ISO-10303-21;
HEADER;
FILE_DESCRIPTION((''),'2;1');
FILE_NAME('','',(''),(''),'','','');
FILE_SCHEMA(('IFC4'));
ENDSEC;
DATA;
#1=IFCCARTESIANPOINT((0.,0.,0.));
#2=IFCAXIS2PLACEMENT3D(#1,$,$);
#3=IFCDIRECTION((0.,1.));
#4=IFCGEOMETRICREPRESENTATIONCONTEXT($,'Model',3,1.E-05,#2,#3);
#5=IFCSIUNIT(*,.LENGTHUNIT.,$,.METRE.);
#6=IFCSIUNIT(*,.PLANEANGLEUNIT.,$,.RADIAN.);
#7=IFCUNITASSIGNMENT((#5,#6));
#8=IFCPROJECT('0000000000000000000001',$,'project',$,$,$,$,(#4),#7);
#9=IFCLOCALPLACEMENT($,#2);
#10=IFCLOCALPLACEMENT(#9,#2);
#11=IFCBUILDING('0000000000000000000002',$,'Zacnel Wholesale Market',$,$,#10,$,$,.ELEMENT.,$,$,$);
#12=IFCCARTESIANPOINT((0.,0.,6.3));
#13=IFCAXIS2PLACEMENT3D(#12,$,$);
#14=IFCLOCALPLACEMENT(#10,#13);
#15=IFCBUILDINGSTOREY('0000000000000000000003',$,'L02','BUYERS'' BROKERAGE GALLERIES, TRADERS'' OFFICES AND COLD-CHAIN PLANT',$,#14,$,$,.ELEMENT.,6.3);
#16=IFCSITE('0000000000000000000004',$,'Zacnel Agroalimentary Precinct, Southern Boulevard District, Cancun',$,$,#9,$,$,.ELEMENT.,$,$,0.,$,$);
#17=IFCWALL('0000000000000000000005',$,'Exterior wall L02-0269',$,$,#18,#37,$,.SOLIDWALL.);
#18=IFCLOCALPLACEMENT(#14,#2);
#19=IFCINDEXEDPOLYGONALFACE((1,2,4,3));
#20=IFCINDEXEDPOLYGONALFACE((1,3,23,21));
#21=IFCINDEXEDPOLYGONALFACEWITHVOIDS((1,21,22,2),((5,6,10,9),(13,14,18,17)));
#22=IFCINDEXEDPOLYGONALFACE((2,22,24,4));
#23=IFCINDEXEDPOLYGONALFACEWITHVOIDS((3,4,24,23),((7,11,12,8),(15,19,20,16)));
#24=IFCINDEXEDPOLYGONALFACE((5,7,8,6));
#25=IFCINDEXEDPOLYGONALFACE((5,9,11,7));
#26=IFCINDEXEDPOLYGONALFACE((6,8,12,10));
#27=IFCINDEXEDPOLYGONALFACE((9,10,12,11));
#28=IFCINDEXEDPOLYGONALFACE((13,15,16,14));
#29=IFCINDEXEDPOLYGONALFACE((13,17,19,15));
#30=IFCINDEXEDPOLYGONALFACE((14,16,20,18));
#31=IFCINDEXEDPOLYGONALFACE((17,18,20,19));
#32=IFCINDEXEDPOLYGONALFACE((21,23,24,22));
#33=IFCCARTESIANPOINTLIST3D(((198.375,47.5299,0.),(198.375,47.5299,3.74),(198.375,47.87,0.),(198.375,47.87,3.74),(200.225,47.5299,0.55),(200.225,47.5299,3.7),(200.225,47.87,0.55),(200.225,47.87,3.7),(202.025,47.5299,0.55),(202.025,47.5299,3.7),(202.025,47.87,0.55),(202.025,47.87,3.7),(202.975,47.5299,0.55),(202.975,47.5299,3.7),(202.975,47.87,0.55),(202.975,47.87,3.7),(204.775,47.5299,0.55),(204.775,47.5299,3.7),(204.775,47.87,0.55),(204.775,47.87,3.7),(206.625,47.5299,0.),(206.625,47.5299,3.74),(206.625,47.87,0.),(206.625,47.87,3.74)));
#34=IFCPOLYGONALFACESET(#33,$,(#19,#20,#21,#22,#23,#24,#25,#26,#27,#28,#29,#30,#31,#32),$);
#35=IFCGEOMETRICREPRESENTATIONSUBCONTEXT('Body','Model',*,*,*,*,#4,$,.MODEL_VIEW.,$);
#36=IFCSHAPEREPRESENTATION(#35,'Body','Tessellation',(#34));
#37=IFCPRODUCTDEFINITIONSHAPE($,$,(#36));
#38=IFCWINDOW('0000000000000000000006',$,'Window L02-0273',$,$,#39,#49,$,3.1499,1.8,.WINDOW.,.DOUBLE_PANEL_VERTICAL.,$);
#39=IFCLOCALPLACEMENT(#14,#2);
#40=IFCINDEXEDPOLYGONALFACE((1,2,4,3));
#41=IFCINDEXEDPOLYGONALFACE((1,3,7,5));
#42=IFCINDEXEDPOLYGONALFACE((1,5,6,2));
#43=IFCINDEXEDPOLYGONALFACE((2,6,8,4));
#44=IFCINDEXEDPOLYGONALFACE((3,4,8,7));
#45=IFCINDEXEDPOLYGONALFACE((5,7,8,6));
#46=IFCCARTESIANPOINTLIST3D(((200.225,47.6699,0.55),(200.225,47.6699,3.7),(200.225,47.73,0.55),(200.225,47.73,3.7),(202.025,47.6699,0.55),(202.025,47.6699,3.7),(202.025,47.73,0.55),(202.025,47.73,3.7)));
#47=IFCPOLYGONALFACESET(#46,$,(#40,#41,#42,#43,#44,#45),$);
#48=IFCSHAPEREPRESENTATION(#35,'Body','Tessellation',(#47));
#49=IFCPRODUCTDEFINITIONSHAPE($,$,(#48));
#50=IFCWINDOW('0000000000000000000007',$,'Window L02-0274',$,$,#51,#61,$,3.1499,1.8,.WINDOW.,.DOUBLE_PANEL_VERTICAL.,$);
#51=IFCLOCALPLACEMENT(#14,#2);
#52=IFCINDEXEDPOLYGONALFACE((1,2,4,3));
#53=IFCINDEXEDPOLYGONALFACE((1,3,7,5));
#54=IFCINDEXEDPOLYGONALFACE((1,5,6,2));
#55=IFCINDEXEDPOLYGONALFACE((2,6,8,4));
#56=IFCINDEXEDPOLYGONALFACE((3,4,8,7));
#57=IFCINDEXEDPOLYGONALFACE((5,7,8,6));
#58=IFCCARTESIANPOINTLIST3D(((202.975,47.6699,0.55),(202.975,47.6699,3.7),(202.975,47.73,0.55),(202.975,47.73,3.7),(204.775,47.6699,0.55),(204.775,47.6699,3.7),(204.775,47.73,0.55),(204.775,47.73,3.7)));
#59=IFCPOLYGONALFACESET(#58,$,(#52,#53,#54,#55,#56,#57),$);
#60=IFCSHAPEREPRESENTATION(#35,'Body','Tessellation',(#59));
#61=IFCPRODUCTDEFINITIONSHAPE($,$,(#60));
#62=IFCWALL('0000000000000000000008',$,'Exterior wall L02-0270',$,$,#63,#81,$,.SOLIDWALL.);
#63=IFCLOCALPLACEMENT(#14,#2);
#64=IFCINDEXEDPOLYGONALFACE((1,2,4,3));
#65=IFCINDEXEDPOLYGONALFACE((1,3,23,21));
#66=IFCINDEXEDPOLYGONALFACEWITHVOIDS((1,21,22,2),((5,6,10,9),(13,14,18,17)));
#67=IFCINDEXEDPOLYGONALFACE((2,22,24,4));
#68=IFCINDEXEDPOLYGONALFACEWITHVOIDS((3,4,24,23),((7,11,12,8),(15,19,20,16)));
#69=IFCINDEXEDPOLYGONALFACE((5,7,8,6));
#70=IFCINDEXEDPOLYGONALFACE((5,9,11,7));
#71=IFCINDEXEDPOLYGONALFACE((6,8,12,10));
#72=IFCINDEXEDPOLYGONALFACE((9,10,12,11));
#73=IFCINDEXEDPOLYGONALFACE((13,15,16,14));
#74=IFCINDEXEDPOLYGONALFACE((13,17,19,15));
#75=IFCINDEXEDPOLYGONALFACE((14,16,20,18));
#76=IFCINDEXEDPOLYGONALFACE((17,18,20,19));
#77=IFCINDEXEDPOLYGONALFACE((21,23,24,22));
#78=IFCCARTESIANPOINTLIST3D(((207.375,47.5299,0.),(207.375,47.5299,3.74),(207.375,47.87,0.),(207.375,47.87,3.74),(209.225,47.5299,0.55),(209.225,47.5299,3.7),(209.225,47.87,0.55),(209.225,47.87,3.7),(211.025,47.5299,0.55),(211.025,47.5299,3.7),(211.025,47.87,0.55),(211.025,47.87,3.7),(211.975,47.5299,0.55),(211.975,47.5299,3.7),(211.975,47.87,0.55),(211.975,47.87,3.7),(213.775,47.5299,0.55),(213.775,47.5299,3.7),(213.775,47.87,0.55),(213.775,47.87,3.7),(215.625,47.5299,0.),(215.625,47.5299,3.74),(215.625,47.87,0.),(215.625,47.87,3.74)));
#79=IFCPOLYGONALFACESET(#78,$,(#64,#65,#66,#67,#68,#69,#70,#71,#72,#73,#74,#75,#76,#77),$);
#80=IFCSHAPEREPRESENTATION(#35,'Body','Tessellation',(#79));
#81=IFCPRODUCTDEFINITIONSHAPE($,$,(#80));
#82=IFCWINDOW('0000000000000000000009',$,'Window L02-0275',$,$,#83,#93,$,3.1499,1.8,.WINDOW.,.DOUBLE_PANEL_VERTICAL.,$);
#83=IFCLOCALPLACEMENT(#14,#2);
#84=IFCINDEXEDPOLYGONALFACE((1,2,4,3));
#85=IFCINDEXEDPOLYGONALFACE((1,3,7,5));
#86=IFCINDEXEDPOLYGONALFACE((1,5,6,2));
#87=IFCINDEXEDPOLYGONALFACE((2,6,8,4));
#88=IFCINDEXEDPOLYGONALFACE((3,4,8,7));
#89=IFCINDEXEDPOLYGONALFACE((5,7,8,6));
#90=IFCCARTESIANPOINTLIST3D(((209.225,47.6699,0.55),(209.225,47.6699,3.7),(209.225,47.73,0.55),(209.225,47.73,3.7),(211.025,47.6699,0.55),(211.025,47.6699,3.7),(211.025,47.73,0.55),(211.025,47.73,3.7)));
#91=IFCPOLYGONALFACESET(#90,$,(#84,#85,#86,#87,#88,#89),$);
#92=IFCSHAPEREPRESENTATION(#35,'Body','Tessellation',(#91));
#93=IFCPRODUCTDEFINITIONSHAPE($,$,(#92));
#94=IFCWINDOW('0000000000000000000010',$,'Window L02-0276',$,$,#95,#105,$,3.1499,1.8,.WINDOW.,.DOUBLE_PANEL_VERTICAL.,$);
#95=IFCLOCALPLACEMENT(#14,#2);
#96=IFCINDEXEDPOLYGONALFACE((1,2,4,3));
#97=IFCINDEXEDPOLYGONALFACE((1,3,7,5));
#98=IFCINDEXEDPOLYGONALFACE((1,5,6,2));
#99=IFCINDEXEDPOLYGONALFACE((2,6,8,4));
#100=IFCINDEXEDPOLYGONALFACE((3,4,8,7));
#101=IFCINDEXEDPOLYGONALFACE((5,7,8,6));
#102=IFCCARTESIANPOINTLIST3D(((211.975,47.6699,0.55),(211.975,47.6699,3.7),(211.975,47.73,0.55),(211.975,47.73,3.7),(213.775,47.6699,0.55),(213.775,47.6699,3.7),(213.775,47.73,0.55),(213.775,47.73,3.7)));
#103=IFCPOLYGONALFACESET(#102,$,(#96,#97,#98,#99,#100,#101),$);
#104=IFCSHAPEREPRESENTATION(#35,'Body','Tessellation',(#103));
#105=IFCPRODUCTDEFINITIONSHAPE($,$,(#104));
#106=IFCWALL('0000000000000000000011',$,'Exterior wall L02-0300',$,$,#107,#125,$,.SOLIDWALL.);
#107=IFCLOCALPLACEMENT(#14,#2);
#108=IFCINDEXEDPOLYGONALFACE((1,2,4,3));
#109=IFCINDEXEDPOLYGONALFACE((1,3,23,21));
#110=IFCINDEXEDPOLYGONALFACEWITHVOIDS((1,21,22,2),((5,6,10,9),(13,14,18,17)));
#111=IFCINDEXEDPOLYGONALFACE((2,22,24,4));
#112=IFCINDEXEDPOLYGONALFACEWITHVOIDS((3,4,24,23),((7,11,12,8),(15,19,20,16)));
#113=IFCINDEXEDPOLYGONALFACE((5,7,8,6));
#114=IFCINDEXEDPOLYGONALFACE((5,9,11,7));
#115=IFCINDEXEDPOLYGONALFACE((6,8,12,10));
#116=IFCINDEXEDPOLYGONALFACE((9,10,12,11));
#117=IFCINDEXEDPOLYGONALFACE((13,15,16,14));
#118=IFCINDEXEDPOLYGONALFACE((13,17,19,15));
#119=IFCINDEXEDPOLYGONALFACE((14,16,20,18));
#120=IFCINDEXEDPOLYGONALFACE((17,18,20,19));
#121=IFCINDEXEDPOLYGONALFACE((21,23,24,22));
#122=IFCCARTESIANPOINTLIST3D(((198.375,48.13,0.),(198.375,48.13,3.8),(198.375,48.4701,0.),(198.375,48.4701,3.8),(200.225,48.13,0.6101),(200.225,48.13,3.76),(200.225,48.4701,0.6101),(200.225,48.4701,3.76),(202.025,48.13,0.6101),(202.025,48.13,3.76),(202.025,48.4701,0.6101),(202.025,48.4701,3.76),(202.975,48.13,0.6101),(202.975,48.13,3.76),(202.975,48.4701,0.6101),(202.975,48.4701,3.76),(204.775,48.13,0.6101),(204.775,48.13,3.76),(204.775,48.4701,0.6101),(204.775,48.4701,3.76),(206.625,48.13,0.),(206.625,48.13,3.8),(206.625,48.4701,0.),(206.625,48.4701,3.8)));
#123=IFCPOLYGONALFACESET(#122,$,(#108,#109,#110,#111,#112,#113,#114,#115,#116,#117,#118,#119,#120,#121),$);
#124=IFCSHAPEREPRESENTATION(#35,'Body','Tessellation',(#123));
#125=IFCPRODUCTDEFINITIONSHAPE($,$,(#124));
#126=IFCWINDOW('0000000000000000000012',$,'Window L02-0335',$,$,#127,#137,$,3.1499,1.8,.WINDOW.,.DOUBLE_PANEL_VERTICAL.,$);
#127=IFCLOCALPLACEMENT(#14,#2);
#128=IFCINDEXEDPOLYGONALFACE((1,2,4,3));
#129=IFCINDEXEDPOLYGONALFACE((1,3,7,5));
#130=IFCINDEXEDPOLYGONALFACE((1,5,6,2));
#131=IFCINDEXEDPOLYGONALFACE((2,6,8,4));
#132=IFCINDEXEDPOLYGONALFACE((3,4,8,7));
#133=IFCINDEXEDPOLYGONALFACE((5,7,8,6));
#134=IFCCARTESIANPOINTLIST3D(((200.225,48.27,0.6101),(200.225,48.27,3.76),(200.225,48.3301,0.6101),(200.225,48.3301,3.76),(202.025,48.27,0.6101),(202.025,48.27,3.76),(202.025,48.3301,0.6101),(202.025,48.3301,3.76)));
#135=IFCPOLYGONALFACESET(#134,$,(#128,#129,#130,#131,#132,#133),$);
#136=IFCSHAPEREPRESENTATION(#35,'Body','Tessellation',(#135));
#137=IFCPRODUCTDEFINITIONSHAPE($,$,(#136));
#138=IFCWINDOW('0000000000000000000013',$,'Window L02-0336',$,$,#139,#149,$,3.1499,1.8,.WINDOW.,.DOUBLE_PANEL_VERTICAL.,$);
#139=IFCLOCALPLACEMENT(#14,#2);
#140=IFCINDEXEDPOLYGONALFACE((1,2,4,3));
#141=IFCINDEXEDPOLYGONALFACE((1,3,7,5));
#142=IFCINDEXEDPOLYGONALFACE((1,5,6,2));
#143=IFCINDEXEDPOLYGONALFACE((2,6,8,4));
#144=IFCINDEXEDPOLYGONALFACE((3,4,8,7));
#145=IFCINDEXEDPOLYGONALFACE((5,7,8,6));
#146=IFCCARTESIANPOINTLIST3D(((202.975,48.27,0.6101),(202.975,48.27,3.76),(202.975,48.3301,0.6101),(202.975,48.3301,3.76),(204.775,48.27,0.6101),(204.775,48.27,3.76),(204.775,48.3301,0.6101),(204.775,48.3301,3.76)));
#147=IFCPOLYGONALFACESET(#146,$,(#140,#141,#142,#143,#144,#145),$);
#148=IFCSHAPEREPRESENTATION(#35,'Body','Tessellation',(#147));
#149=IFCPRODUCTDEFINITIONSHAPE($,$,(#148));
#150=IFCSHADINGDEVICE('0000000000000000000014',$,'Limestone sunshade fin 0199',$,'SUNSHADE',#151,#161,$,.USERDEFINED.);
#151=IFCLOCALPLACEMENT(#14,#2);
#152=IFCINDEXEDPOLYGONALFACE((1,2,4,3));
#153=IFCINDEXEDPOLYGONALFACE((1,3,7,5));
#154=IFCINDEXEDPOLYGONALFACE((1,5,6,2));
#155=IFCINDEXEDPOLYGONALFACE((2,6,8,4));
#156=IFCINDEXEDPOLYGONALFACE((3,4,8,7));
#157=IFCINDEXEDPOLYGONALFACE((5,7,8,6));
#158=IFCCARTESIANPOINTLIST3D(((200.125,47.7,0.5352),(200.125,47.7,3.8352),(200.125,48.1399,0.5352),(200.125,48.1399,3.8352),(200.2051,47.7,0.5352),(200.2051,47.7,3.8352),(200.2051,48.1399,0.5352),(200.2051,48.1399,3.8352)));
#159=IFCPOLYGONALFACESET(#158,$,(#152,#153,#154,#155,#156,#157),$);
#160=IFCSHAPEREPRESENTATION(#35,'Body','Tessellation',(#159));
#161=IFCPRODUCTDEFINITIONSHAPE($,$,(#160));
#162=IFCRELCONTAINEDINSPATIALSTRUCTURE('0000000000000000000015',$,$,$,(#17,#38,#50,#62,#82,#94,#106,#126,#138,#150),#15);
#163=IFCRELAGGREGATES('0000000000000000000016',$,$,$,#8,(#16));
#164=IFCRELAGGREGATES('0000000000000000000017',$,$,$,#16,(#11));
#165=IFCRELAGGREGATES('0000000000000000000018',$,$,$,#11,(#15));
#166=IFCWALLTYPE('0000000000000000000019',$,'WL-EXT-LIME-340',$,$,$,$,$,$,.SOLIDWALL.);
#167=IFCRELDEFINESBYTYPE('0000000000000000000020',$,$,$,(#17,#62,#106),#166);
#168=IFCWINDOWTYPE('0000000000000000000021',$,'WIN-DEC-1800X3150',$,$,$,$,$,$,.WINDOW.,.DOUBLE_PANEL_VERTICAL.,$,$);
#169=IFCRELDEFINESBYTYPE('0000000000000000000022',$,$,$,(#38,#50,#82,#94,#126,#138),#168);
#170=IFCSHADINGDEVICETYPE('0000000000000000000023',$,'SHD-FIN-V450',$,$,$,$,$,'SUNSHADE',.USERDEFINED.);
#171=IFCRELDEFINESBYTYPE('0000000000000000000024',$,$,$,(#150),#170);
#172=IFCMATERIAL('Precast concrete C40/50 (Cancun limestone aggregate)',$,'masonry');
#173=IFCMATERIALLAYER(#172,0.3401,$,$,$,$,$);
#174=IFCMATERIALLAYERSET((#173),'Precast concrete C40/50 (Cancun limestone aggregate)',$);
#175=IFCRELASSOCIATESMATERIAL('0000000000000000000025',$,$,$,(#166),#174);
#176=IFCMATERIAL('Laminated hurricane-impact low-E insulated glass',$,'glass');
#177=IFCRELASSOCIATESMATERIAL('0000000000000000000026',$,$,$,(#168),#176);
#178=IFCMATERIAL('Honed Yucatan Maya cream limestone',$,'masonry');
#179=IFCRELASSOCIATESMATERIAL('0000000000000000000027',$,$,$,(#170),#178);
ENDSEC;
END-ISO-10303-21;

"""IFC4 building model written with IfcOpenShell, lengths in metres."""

from ifc_helpers import new_model, si_unit, direction, frame, frame_2d, origin, origin_2d, place, context, subcontext, project, spatial, rectangle, extrude, material, layer, layer_set, type_object, element, fill, save


model = new_model("IFC4")

# Units and contexts
model_context = context("Model", 3, precision=1e-05, world=origin(), true_north=direction((0.0, 1.0)))
body_context = subcontext(model_context, "Body", "Model", "MODEL_VIEW")
ifc_project = project(units=[si_unit("LENGTHUNIT", "METRE"), si_unit("PLANEANGLEUNIT", "RADIAN")], contexts=[model_context])

# Site, building, storey
site_placement = place(None, origin())
site = spatial("IfcSite", under=ifc_project, at=site_placement, Name="Zacnel Agroalimentary Precinct, Southern Boulevard District, Cancun", CompositionType="ELEMENT", RefElevation=0.0)
building_placement = place(site_placement, origin())
building = spatial("IfcBuilding", under=site, at=building_placement, Name="Zacnel Wholesale Market", CompositionType="ELEMENT")
storey_placement = place(building_placement, frame((0.0, 0.0, 6.3)))
storey = spatial("IfcBuildingStorey", under=building, at=storey_placement, Name="L02", Description="BUYERS' BROKERAGE GALLERIES, TRADERS' OFFICES AND COLD-CHAIN PLANT", CompositionType="ELEMENT", Elevation=6.3)

# Walls, openings, windows
ifc_material_1 = material(Name="Precast concrete C40/50 (Cancun limestone aggregate)", Category="masonry")
ifc_layer = layer(ifc_material_1, 0.3401)
ifc_layer_set = layer_set([ifc_layer], Name="Precast concrete C40/50 (Cancun limestone aggregate)")
wall_type = type_object("IfcWallType", Name="WL-EXT-LIME-340", PredefinedType="SOLIDWALL", material=ifc_layer_set)
wall_1_placement = place(storey_placement, frame((198.375, 47.7, 0.0), z_axis=(0.0, 0.0, 1.0), x_axis=(1.0, 0.0, 0.0)))
wall_1 = element("IfcWall", 1, at=wall_1_placement, inside=storey, type_object=wall_type, Name="Exterior wall L02-0269", PredefinedType="SOLIDWALL", context=body_context, shape_type="SweptSolid", body=[
    extrude(rectangle(XDim=8.25, YDim=0.3401, at=frame_2d((4.125, 0.0))), origin(), (0.0, 0.0, 1.0), 3.74),
])
opening_1_placement = place(wall_1_placement, frame((1.8501, 0.0, 0.55)))
opening_1 = element("IfcOpeningElement", 2, at=opening_1_placement, cuts=wall_1, PredefinedType="OPENING", context=body_context, shape_type="SweptSolid", body=[
    extrude(rectangle(XDim=1.8, YDim=3.1499, at=frame_2d((0.8999, 1.575))), frame((0.0, 0.1799, 0.0), z_axis=(0.0, -1.0, 0.0), x_axis=(1.0, 0.0, 0.0)), (0.0, 0.0, 1.0), 0.3601),
])
opening_2_placement = place(wall_1_placement, frame((4.6001, 0.0, 0.55)))
opening_2 = element("IfcOpeningElement", 3, at=opening_2_placement, cuts=wall_1, PredefinedType="OPENING", context=body_context, shape_type="SweptSolid", body=[
    extrude(rectangle(XDim=1.8, YDim=3.1499, at=frame_2d((0.8999, 1.575))), frame((0.0, 0.1799, 0.0), z_axis=(0.0, -1.0, 0.0), x_axis=(1.0, 0.0, 0.0)), (0.0, 0.0, 1.0), 0.3601),
])
ifc_material_2 = material(Name="Laminated hurricane-impact low-E insulated glass", Category="glass")
window_type = type_object("IfcWindowType", Name="WIN-DEC-1800X3150", PartitioningType="DOUBLE_PANEL_VERTICAL", PredefinedType="WINDOW", material=ifc_material_2)
window_1_placement = place(opening_1_placement, origin())
window_1 = element("IfcWindow", 4, at=window_1_placement, inside=storey, type_object=window_type, Name="Window L02-0273", OverallHeight=3.1499, OverallWidth=1.8, PartitioningType="DOUBLE_PANEL_VERTICAL", PredefinedType="WINDOW", context=body_context, shape_type="SweptSolid", body=[
    extrude(rectangle(XDim=1.8, YDim=3.1499, at=frame_2d((0.8999, 1.575))), frame((0.0, 0.03, 0.0), z_axis=(0.0, -1.0, 0.0), x_axis=(1.0, 0.0, 0.0)), (0.0, 0.0, 1.0), 0.0601),
])
fill(opening_1, window_1)
window_2_placement = place(opening_2_placement, origin())
window_2 = element("IfcWindow", 5, at=window_2_placement, inside=storey, type_object=window_type, Name="Window L02-0274", OverallHeight=3.1499, OverallWidth=1.8, PartitioningType="DOUBLE_PANEL_VERTICAL", PredefinedType="WINDOW", context=body_context, shape_type="SweptSolid", body=[
    extrude(rectangle(XDim=1.8, YDim=3.1499, at=frame_2d((0.8999, 1.575))), frame((0.0, 0.03, 0.0), z_axis=(0.0, -1.0, 0.0), x_axis=(1.0, 0.0, 0.0)), (0.0, 0.0, 1.0), 0.0601),
])
fill(opening_2, window_2)
wall_2_placement = place(storey_placement, frame((207.375, 47.7, 0.0), z_axis=(0.0, 0.0, 1.0), x_axis=(1.0, 0.0, 0.0)))
wall_2 = element("IfcWall", 6, at=wall_2_placement, inside=storey, type_object=wall_type, Name="Exterior wall L02-0270", PredefinedType="SOLIDWALL", context=body_context, shape_type="SweptSolid", body=[
    extrude(rectangle(XDim=8.25, YDim=0.3401, at=frame_2d((4.125, 0.0))), origin(), (0.0, 0.0, 1.0), 3.74),
])
opening_3_placement = place(wall_2_placement, frame((1.8501, 0.0, 0.55)))
opening_3 = element("IfcOpeningElement", 7, at=opening_3_placement, cuts=wall_2, PredefinedType="OPENING", context=body_context, shape_type="SweptSolid", body=[
    extrude(rectangle(XDim=1.8, YDim=3.1499, at=frame_2d((0.8999, 1.575))), frame((0.0, 0.1799, 0.0), z_axis=(0.0, -1.0, 0.0), x_axis=(1.0, 0.0, 0.0)), (0.0, 0.0, 1.0), 0.3601),
])
opening_4_placement = place(wall_2_placement, frame((4.6001, 0.0, 0.55)))
opening_4 = element("IfcOpeningElement", 8, at=opening_4_placement, cuts=wall_2, PredefinedType="OPENING", context=body_context, shape_type="SweptSolid", body=[
    extrude(rectangle(XDim=1.8, YDim=3.1499, at=frame_2d((0.8999, 1.575))), frame((0.0, 0.1799, 0.0), z_axis=(0.0, -1.0, 0.0), x_axis=(1.0, 0.0, 0.0)), (0.0, 0.0, 1.0), 0.3601),
])
window_3_placement = place(opening_3_placement, origin())
window_3 = element("IfcWindow", 9, at=window_3_placement, inside=storey, type_object=window_type, Name="Window L02-0275", OverallHeight=3.1499, OverallWidth=1.8, PartitioningType="DOUBLE_PANEL_VERTICAL", PredefinedType="WINDOW", context=body_context, shape_type="SweptSolid", body=[
    extrude(rectangle(XDim=1.8, YDim=3.1499, at=frame_2d((0.8999, 1.575))), frame((0.0, 0.03, 0.0), z_axis=(0.0, -1.0, 0.0), x_axis=(1.0, 0.0, 0.0)), (0.0, 0.0, 1.0), 0.0601),
])
fill(opening_3, window_3)
window_4_placement = place(opening_4_placement, origin())
window_4 = element("IfcWindow", 10, at=window_4_placement, inside=storey, type_object=window_type, Name="Window L02-0276", OverallHeight=3.1499, OverallWidth=1.8, PartitioningType="DOUBLE_PANEL_VERTICAL", PredefinedType="WINDOW", context=body_context, shape_type="SweptSolid", body=[
    extrude(rectangle(XDim=1.8, YDim=3.1499, at=frame_2d((0.8999, 1.575))), frame((0.0, 0.03, 0.0), z_axis=(0.0, -1.0, 0.0), x_axis=(1.0, 0.0, 0.0)), (0.0, 0.0, 1.0), 0.0601),
])
fill(opening_4, window_4)
wall_3_placement = place(storey_placement, frame((198.375, 48.3, 0.0), z_axis=(0.0, 0.0, 1.0), x_axis=(1.0, 0.0, 0.0)))
wall_3 = element("IfcWall", 11, at=wall_3_placement, inside=storey, type_object=wall_type, Name="Exterior wall L02-0300", PredefinedType="SOLIDWALL", context=body_context, shape_type="SweptSolid", body=[
    extrude(rectangle(XDim=8.25, YDim=0.3401, at=frame_2d((4.125, 0.0))), origin(), (0.0, 0.0, 1.0), 3.8),
])
opening_5_placement = place(wall_3_placement, frame((1.8501, 0.0, 0.6101)))
opening_5 = element("IfcOpeningElement", 12, at=opening_5_placement, cuts=wall_3, PredefinedType="OPENING", context=body_context, shape_type="SweptSolid", body=[
    extrude(rectangle(XDim=1.8, YDim=3.1499, at=frame_2d((0.8999, 1.575))), frame((0.0, 0.1799, 0.0), z_axis=(0.0, -1.0, 0.0), x_axis=(1.0, 0.0, 0.0)), (0.0, 0.0, 1.0), 0.3601),
])
opening_6_placement = place(wall_3_placement, frame((4.6001, 0.0, 0.6101)))
opening_6 = element("IfcOpeningElement", 13, at=opening_6_placement, cuts=wall_3, PredefinedType="OPENING", context=body_context, shape_type="SweptSolid", body=[
    extrude(rectangle(XDim=1.8, YDim=3.1499, at=frame_2d((0.8999, 1.575))), frame((0.0, 0.1799, 0.0), z_axis=(0.0, -1.0, 0.0), x_axis=(1.0, 0.0, 0.0)), (0.0, 0.0, 1.0), 0.3601),
])
window_5_placement = place(opening_5_placement, origin())
window_5 = element("IfcWindow", 14, at=window_5_placement, inside=storey, type_object=window_type, Name="Window L02-0335", OverallHeight=3.1499, OverallWidth=1.8, PartitioningType="DOUBLE_PANEL_VERTICAL", PredefinedType="WINDOW", context=body_context, shape_type="SweptSolid", body=[
    extrude(rectangle(XDim=1.8, YDim=3.1499, at=frame_2d((0.8999, 1.575))), frame((0.0, 0.03, 0.0), z_axis=(0.0, -1.0, 0.0), x_axis=(1.0, 0.0, 0.0)), (0.0, 0.0, 1.0), 0.0601),
])
fill(opening_5, window_5)
window_6_placement = place(opening_6_placement, origin())
window_6 = element("IfcWindow", 15, at=window_6_placement, inside=storey, type_object=window_type, Name="Window L02-0336", OverallHeight=3.1499, OverallWidth=1.8, PartitioningType="DOUBLE_PANEL_VERTICAL", PredefinedType="WINDOW", context=body_context, shape_type="SweptSolid", body=[
    extrude(rectangle(XDim=1.8, YDim=3.1499, at=frame_2d((0.8999, 1.575))), frame((0.0, 0.03, 0.0), z_axis=(0.0, -1.0, 0.0), x_axis=(1.0, 0.0, 0.0)), (0.0, 0.0, 1.0), 0.0601),
])
fill(opening_6, window_6)

# Shading device
ifc_material_3 = material(Name="Honed Yucatan Maya cream limestone", Category="masonry")
shading_device_type = type_object("IfcShadingDeviceType", Name="SHD-FIN-V450", ElementType="SUNSHADE", PredefinedType="USERDEFINED", material=ifc_material_3)
for number, where, z_axis, x_axis, name in (
    (16, (200.165, 47.9199, 0.5352), (0.0, 0.0, 1.0), (1.0, 0.0, 0.0), "Limestone sunshade fin 0199"),
):
    element("IfcShadingDevice", number, at=place(storey_placement, frame(where, z_axis=z_axis, x_axis=x_axis)), inside=storey, type_object=shading_device_type, Name=name, ObjectType="SUNSHADE", PredefinedType="USERDEFINED", context=body_context, shape_type="SweptSolid", body=[
        extrude(rectangle(XDim=0.0801, YDim=0.4399, at=origin_2d()), origin(), (0.0, 0.0, 1.0), 3.3),
    ])

save(model, "model.ifc")
